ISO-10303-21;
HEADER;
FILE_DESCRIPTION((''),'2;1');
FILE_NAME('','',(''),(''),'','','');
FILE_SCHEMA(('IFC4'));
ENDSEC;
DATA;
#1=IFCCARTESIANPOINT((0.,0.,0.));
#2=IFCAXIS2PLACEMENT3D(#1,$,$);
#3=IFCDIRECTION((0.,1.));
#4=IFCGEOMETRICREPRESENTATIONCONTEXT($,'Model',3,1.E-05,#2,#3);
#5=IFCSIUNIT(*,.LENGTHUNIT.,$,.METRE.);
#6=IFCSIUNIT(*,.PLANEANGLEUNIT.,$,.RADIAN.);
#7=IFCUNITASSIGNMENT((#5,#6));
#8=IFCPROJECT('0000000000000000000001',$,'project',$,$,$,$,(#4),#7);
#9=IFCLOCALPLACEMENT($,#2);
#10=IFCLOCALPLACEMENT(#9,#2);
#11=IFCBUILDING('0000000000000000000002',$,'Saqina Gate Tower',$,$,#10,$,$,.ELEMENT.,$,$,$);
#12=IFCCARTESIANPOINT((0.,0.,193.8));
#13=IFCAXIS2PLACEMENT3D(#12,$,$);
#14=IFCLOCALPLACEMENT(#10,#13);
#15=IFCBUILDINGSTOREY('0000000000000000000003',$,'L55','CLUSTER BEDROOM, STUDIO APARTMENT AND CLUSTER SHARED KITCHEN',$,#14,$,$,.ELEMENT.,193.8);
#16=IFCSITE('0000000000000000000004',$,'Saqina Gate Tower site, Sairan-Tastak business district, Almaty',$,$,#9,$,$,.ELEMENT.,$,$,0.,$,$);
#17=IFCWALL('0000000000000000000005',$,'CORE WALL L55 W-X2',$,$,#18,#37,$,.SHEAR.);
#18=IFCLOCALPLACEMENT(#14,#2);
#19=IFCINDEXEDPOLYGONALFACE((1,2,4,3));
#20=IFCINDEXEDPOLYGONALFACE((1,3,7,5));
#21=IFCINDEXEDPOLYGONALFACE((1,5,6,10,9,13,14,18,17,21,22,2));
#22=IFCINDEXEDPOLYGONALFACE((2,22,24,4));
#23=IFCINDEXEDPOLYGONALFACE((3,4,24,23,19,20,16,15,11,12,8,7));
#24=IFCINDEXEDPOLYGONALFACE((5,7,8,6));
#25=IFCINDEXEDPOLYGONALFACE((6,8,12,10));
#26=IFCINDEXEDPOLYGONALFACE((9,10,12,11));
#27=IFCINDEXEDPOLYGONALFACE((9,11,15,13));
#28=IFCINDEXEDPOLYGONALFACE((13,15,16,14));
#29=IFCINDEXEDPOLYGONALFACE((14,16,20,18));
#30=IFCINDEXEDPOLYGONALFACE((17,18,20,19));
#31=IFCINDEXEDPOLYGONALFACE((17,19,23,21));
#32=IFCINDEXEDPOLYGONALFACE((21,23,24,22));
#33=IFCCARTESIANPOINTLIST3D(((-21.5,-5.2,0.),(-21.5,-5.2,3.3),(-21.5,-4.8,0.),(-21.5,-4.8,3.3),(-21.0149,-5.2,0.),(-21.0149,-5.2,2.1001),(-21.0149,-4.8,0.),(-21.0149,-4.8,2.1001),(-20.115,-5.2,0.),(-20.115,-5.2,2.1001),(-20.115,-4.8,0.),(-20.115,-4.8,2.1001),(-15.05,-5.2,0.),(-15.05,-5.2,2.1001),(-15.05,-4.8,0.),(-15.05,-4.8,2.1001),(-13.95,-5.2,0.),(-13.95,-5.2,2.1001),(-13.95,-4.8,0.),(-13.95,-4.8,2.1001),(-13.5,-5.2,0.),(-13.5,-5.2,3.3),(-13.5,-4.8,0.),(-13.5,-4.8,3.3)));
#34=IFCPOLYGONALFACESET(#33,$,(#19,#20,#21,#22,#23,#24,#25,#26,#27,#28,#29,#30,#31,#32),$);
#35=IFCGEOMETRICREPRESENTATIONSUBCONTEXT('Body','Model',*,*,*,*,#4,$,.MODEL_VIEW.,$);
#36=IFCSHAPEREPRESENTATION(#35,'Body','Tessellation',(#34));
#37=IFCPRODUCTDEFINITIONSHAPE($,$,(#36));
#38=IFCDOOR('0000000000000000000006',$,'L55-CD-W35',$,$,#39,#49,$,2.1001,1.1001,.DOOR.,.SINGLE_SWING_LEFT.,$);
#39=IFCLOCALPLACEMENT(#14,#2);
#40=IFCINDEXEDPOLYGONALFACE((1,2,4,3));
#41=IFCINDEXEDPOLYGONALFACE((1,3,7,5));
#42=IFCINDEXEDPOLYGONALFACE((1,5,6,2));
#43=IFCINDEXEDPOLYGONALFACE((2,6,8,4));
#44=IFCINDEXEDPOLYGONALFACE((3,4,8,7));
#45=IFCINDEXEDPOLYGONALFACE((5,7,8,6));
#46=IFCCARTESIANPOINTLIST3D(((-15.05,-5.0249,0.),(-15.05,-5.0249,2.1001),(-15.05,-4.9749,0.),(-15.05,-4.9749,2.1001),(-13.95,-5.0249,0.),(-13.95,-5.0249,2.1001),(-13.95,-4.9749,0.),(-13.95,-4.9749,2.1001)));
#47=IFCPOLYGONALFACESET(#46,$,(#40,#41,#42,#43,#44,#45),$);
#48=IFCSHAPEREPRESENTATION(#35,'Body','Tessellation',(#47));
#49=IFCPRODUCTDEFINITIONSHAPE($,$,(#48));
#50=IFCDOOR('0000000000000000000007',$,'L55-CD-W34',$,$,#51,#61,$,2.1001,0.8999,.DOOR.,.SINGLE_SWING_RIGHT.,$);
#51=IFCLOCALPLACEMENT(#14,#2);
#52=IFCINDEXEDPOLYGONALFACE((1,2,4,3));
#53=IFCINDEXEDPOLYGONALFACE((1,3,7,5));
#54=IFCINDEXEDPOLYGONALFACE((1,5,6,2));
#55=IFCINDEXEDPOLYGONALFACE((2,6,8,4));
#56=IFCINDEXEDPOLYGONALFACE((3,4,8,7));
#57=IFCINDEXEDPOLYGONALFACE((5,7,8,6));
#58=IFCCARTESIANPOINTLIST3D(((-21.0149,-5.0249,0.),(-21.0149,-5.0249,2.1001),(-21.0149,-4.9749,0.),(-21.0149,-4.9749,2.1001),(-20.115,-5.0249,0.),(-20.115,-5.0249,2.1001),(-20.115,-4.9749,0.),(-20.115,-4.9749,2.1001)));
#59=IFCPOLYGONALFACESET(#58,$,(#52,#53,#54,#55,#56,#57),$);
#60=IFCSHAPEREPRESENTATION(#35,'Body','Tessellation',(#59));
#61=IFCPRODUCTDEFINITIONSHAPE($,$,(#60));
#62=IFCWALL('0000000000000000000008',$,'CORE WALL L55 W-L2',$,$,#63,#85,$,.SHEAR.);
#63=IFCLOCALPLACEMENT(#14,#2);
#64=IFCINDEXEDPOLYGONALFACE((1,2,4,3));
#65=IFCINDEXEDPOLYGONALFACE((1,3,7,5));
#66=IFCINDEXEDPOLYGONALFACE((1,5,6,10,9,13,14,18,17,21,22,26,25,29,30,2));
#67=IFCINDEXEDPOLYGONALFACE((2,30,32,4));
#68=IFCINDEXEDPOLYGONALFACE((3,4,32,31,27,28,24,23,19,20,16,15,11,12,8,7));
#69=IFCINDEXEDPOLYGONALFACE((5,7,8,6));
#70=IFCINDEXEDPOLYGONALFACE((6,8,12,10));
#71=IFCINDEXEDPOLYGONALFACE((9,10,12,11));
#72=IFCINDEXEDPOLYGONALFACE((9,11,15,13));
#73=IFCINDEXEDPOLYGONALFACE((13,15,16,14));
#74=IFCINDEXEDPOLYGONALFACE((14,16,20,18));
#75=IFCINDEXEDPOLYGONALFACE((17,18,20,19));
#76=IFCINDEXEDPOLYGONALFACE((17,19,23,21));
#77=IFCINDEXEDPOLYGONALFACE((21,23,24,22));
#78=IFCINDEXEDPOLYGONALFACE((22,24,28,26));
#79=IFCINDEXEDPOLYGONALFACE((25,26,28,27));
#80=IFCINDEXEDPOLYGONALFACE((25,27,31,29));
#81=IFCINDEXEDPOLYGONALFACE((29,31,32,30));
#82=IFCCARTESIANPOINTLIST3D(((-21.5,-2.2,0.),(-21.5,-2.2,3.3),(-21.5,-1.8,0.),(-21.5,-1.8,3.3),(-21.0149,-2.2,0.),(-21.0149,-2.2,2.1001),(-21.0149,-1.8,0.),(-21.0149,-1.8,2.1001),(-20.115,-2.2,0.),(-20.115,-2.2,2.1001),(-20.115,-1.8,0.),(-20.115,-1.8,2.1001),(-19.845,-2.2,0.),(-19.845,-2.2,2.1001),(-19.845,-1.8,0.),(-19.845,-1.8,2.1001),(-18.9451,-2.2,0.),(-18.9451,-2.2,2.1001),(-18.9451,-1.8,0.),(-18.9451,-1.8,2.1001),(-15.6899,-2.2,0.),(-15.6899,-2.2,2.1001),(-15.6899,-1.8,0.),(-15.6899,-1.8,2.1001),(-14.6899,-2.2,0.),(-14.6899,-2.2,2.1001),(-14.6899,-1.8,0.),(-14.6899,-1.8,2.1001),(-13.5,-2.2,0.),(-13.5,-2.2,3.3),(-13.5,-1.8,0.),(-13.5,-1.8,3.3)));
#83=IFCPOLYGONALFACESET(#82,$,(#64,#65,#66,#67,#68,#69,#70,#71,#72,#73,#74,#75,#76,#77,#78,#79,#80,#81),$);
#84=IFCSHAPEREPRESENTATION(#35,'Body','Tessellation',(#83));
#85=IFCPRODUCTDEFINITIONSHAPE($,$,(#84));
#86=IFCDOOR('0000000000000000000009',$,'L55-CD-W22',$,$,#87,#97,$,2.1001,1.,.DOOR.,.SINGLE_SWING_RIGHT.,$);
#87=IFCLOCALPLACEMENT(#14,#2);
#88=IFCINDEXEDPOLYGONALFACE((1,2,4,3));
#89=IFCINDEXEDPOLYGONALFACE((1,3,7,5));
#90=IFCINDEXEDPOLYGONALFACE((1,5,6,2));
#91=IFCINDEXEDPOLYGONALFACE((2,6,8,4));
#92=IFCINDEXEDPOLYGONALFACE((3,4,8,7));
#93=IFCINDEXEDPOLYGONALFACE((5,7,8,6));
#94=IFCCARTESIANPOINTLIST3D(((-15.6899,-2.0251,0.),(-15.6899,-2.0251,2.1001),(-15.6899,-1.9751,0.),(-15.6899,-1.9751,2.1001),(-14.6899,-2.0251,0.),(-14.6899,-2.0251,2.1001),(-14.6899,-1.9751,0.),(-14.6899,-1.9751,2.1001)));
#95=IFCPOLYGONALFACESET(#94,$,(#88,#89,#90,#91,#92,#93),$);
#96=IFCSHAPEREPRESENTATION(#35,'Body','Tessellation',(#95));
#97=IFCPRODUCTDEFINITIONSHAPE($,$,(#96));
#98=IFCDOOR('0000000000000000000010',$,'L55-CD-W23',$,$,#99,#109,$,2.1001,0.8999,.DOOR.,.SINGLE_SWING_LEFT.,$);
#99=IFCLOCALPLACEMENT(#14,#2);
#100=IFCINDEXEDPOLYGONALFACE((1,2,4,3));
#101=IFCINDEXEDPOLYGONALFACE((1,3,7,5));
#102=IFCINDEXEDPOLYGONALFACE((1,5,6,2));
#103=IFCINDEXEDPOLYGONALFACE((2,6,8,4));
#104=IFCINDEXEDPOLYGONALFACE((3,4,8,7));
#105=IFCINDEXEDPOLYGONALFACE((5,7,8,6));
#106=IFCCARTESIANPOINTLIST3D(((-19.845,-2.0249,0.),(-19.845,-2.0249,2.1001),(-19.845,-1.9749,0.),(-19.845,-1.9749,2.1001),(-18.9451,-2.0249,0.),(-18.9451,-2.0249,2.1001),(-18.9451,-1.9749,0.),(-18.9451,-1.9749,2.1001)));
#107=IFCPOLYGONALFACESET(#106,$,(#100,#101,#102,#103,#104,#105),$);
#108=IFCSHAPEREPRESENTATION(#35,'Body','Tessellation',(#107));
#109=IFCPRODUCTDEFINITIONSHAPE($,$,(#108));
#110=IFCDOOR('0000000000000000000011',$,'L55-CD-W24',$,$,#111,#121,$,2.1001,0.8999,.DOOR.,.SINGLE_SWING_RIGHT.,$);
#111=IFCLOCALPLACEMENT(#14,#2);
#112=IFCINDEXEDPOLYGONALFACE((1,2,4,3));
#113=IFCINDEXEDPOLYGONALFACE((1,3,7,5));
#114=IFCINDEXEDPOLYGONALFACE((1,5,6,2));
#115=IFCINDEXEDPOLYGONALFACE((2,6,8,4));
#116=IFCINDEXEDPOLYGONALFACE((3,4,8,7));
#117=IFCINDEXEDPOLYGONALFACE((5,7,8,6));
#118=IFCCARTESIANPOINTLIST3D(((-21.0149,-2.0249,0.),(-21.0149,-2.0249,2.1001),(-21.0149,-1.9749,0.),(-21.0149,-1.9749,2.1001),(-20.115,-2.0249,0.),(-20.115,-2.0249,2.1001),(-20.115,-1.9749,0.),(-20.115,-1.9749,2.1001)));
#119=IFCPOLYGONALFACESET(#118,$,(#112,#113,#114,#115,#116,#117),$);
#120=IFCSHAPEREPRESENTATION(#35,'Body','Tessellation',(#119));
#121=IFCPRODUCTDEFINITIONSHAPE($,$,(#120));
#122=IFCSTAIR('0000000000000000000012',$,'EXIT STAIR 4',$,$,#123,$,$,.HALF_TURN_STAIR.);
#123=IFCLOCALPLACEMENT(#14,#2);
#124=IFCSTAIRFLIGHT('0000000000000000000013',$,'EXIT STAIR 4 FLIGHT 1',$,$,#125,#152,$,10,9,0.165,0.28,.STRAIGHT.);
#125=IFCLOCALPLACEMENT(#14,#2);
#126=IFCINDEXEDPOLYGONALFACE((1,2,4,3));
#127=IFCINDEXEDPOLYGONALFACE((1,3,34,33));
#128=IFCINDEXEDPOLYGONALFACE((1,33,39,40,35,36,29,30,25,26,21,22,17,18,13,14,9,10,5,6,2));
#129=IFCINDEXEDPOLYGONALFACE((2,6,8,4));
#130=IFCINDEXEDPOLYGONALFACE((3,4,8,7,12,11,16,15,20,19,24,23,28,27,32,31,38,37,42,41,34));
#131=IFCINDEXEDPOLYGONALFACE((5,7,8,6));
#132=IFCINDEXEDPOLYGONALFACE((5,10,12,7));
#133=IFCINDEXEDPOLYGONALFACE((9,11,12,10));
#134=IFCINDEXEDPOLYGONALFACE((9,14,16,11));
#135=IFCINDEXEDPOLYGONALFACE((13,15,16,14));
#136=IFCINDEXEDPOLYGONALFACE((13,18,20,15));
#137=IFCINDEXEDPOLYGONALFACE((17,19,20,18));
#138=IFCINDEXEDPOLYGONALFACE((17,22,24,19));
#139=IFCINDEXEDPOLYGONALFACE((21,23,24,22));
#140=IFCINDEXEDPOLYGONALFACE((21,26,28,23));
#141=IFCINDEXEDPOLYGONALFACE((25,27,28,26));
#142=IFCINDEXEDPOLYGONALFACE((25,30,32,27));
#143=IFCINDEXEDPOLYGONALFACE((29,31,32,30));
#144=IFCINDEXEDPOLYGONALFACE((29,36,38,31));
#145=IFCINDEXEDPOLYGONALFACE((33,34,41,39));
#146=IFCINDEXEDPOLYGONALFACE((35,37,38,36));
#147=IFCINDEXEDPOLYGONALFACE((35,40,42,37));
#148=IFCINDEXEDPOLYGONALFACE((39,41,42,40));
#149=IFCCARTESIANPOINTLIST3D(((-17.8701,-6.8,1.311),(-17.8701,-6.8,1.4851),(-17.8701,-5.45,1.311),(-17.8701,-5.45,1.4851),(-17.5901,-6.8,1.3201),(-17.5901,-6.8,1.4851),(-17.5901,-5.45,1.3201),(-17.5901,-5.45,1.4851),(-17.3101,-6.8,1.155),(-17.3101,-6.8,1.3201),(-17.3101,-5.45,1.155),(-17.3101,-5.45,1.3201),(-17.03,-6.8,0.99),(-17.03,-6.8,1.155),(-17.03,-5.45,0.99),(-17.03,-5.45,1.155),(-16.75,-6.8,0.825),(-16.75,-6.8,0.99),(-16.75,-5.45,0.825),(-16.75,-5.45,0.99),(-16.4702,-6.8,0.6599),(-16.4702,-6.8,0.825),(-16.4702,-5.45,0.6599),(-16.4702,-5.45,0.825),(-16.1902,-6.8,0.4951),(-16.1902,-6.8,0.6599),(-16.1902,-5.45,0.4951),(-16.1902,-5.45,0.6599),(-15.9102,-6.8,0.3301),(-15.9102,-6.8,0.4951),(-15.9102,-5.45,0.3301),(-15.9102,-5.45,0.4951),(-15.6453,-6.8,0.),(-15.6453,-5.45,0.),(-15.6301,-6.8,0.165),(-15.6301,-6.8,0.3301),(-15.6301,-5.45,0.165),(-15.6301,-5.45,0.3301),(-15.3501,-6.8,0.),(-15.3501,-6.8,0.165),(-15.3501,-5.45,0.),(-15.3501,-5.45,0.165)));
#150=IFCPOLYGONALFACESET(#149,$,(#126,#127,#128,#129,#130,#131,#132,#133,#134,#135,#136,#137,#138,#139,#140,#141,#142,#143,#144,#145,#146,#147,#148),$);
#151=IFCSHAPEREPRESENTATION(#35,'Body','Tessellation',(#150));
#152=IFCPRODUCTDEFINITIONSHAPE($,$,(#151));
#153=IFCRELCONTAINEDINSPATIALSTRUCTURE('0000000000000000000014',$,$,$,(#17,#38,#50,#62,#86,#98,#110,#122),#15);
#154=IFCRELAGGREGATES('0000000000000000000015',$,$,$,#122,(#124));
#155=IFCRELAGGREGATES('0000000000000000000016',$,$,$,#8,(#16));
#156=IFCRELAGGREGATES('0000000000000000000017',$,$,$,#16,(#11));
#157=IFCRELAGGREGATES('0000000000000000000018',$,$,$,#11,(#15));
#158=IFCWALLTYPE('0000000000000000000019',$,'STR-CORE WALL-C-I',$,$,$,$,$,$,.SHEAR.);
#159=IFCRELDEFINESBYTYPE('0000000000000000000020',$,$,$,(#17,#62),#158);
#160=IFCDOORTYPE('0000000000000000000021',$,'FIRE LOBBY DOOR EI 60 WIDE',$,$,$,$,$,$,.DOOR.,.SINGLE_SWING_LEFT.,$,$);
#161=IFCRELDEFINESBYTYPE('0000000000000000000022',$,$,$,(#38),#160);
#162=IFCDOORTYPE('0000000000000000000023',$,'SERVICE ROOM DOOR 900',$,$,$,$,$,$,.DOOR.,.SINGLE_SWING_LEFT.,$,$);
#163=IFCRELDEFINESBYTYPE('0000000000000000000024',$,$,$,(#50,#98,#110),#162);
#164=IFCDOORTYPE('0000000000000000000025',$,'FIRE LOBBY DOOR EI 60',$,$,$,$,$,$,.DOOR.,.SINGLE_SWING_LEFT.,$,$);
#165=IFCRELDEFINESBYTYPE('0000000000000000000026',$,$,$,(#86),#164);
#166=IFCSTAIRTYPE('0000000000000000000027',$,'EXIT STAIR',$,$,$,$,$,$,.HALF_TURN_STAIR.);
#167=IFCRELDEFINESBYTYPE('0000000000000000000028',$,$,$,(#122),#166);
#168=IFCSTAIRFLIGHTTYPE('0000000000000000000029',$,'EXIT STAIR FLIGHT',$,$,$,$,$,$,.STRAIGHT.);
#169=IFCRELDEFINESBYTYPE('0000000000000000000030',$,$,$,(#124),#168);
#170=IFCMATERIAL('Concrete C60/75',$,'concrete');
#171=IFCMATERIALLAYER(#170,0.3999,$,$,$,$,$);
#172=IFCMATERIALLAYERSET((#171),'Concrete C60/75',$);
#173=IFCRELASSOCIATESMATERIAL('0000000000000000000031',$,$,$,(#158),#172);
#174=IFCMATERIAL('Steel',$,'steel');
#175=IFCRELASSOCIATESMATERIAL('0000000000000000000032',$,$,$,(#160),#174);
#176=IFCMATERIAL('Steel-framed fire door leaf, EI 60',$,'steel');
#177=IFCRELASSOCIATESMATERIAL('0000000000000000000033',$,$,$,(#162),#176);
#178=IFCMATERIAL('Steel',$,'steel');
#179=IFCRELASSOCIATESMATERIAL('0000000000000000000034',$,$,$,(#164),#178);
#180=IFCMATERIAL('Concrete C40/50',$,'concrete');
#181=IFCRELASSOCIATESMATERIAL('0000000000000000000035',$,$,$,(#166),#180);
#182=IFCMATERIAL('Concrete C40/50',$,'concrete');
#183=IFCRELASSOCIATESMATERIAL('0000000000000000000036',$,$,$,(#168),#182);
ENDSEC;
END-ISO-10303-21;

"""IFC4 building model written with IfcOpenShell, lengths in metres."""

from ifc_helpers import new_model, si_unit, direction, frame, frame_2d, origin, place, context, subcontext, project, spatial, polyline, rectangle, outline, extrude, material, layer, layer_set, type_object, element, fill, aggregate, save


model = new_model("IFC4")

# Units and contexts
model_context = context("Model", 3, precision=1e-05, world=origin(), true_north=direction((0.0, 1.0)))
body_context = subcontext(model_context, "Body", "Model", "MODEL_VIEW")
ifc_project = project(units=[si_unit("LENGTHUNIT", "METRE"), si_unit("PLANEANGLEUNIT", "RADIAN")], contexts=[model_context])

# Site, building, storey
site_placement = place(None, origin())
site = spatial("IfcSite", under=ifc_project, at=site_placement, Name="Saqina Gate Tower site, Sairan-Tastak business district, Almaty", CompositionType="ELEMENT", RefElevation=0.0)
building_placement = place(site_placement, origin())
building = spatial("IfcBuilding", under=site, at=building_placement, Name="Saqina Gate Tower", CompositionType="ELEMENT")
storey_placement = place(building_placement, frame((0.0, 0.0, 193.8)))
storey = spatial("IfcBuildingStorey", under=building, at=storey_placement, Name="L55", Description="CLUSTER BEDROOM, STUDIO APARTMENT AND CLUSTER SHARED KITCHEN", CompositionType="ELEMENT", Elevation=193.8)

# Walls, openings, doors
ifc_material_1 = material(Name="Concrete C60/75", Category="concrete")
ifc_layer_1 = layer(ifc_material_1, 0.3999)
ifc_layer_set_1 = layer_set([ifc_layer_1], Name="Concrete C60/75")
wall_type_1 = type_object("IfcWallType", Name="STR-CORE WALL-C-I", PredefinedType="SHEAR", material=ifc_layer_set_1)
wall_1_placement = place(storey_placement, frame((-13.5, -5.0, 0.0), z_axis=(0.0, 0.0, 1.0), x_axis=(-1.0, 0.0, 0.0)))
wall_1 = element("IfcWall", 1, at=wall_1_placement, inside=storey, type_object=wall_type_1, Name="CORE WALL L55 W-X2", PredefinedType="SHEAR", context=body_context, shape_type="SweptSolid", body=[
    extrude(rectangle(XDim=8.0, YDim=0.3999, at=frame_2d((4.0, 0.0))), origin(), (0.0, 0.0, 1.0), 3.3),
])
opening_1_placement = place(wall_1_placement, frame((6.615, 0.0, 0.0)))
opening_1 = element("IfcOpeningElement", 2, at=opening_1_placement, cuts=wall_1, PredefinedType="OPENING", context=body_context, shape_type="SweptSolid", body=[
    extrude(rectangle(XDim=0.8999, YDim=2.1001, at=frame_2d((0.45, 1.05))), frame((0.0, 0.2119, 0.0), z_axis=(0.0, -1.0, 0.0), x_axis=(1.0, 0.0, 0.0)), (0.0, 0.0, 1.0), 0.4238),
])
opening_2_placement = place(wall_1_placement, frame((0.45, 0.0, 0.0)))
opening_2 = element("IfcOpeningElement", 3, at=opening_2_placement, cuts=wall_1, PredefinedType="OPENING", context=body_context, shape_type="SweptSolid", body=[
    extrude(rectangle(XDim=1.1001, YDim=2.1001, at=frame_2d((0.55, 1.05))), frame((0.0, 0.2119, 0.0), z_axis=(0.0, -1.0, 0.0), x_axis=(1.0, 0.0, 0.0)), (0.0, 0.0, 1.0), 0.4238),
])
ifc_material_2 = material(Name="Steel", Category="steel")
door_type_1 = type_object("IfcDoorType", Name="FIRE LOBBY DOOR EI 60 WIDE", OperationType="SINGLE_SWING_LEFT", PredefinedType="DOOR", material=ifc_material_2)
door_1_placement = place(opening_2_placement, origin())
door_1 = element("IfcDoor", 4, at=door_1_placement, inside=storey, type_object=door_type_1, Name="L55-CD-W35", OperationType="SINGLE_SWING_LEFT", OverallHeight=2.1001, OverallWidth=1.1001, PredefinedType="DOOR", context=body_context, shape_type="SweptSolid", body=[
    extrude(rectangle(XDim=1.1001, YDim=2.1001, at=frame_2d((0.55, 1.05))), frame((0.0, 0.0249, 0.0), z_axis=(0.0, -1.0, 0.0), x_axis=(1.0, 0.0, 0.0)), (0.0, 0.0, 1.0), 0.05),
])
fill(opening_2, door_1)
ifc_material_3 = material(Name="Steel-framed fire door leaf, EI 60", Category="steel")
door_type_2 = type_object("IfcDoorType", Name="SERVICE ROOM DOOR 900", OperationType="SINGLE_SWING_LEFT", PredefinedType="DOOR", material=ifc_material_3)
door_2_placement = place(opening_1_placement, origin())
door_2 = element("IfcDoor", 5, at=door_2_placement, inside=storey, type_object=door_type_2, Name="L55-CD-W34", OperationType="SINGLE_SWING_RIGHT", OverallHeight=2.1001, OverallWidth=0.8999, PredefinedType="DOOR", context=body_context, shape_type="SweptSolid", body=[
    extrude(rectangle(XDim=0.8999, YDim=2.1001, at=frame_2d((0.45, 1.05))), frame((0.0, 0.0249, 0.0), z_axis=(0.0, -1.0, 0.0), x_axis=(1.0, 0.0, 0.0)), (0.0, 0.0, 1.0), 0.05),
])
fill(opening_1, door_2)
wall_2_placement = place(storey_placement, frame((-13.5, -2.0, 0.0), z_axis=(0.0, 0.0, 1.0), x_axis=(-1.0, 0.0, 0.0)))
wall_2 = element("IfcWall", 6, at=wall_2_placement, inside=storey, type_object=wall_type_1, Name="CORE WALL L55 W-L2", PredefinedType="SHEAR", context=body_context, shape_type="SweptSolid", body=[
    extrude(rectangle(XDim=8.0, YDim=0.3999, at=frame_2d((4.0, 0.0))), origin(), (0.0, 0.0, 1.0), 3.3),
])
opening_3_placement = place(wall_2_placement, frame((1.1899, 0.0, 0.0)))
opening_3 = element("IfcOpeningElement", 7, at=opening_3_placement, cuts=wall_2, PredefinedType="OPENING", context=body_context, shape_type="SweptSolid", body=[
    extrude(rectangle(XDim=1.0, YDim=2.1001, at=frame_2d((0.5, 1.05))), frame((0.0, 0.2119, 0.0), z_axis=(0.0, -1.0, 0.0), x_axis=(1.0, 0.0, 0.0)), (0.0, 0.0, 1.0), 0.4238),
])
opening_4_placement = place(wall_2_placement, frame((5.4451, 0.0, 0.0)))
opening_4 = element("IfcOpeningElement", 8, at=opening_4_placement, cuts=wall_2, PredefinedType="OPENING", context=body_context, shape_type="SweptSolid", body=[
    extrude(rectangle(XDim=0.8999, YDim=2.1001, at=frame_2d((0.45, 1.05))), frame((0.0, 0.2119, 0.0), z_axis=(0.0, -1.0, 0.0), x_axis=(1.0, 0.0, 0.0)), (0.0, 0.0, 1.0), 0.4238),
])
opening_5_placement = place(wall_2_placement, frame((6.615, 0.0, 0.0)))
opening_5 = element("IfcOpeningElement", 9, at=opening_5_placement, cuts=wall_2, PredefinedType="OPENING", context=body_context, shape_type="SweptSolid", body=[
    extrude(rectangle(XDim=0.8999, YDim=2.1001, at=frame_2d((0.45, 1.05))), frame((0.0, 0.2119, 0.0), z_axis=(0.0, -1.0, 0.0), x_axis=(1.0, 0.0, 0.0)), (0.0, 0.0, 1.0), 0.4238),
])
ifc_material_4 = material(Name="Steel", Category="steel")
door_type_3 = type_object("IfcDoorType", Name="FIRE LOBBY DOOR EI 60", OperationType="SINGLE_SWING_LEFT", PredefinedType="DOOR", material=ifc_material_4)
door_3_placement = place(opening_3_placement, frame((1.0, 0.0, 0.0), z_axis=(0.0, 0.0, 1.0), x_axis=(-1.0, 0.0, 0.0)))
door_3 = element("IfcDoor", 10, at=door_3_placement, inside=storey, type_object=door_type_3, Name="L55-CD-W22", OperationType="SINGLE_SWING_RIGHT", OverallHeight=2.1001, OverallWidth=1.0, PredefinedType="DOOR", context=body_context, shape_type="SweptSolid", body=[
    extrude(rectangle(XDim=1.0, YDim=2.1001, at=frame_2d((0.5, 1.05))), frame((0.0, 0.0249, 0.0), z_axis=(0.0, -1.0, 0.0), x_axis=(1.0, 0.0, 0.0)), (0.0, 0.0, 1.0), 0.05),
])
fill(opening_3, door_3)
door_4_placement = place(opening_4_placement, origin())
door_4 = element("IfcDoor", 11, at=door_4_placement, inside=storey, type_object=door_type_2, Name="L55-CD-W23", OperationType="SINGLE_SWING_LEFT", OverallHeight=2.1001, OverallWidth=0.8999, PredefinedType="DOOR", context=body_context, shape_type="SweptSolid", body=[
    extrude(rectangle(XDim=0.8999, YDim=2.1001, at=frame_2d((0.45, 1.05))), frame((0.0, 0.0249, 0.0), z_axis=(0.0, -1.0, 0.0), x_axis=(1.0, 0.0, 0.0)), (0.0, 0.0, 1.0), 0.05),
])
fill(opening_4, door_4)
door_5_placement = place(opening_5_placement, origin())
door_5 = element("IfcDoor", 12, at=door_5_placement, inside=storey, type_object=door_type_2, Name="L55-CD-W24", OperationType="SINGLE_SWING_RIGHT", OverallHeight=2.1001, OverallWidth=0.8999, PredefinedType="DOOR", context=body_context, shape_type="SweptSolid", body=[
    extrude(rectangle(XDim=0.8999, YDim=2.1001, at=frame_2d((0.45, 1.05))), frame((0.0, 0.0249, 0.0), z_axis=(0.0, -1.0, 0.0), x_axis=(1.0, 0.0, 0.0)), (0.0, 0.0, 1.0), 0.05),
])
fill(opening_5, door_5)

# Stair, stair flight
ifc_material_5 = material(Name="Concrete C40/50", Category="concrete")
stair_type = type_object("IfcStairType", Name="EXIT STAIR", PredefinedType="HALF_TURN_STAIR", material=ifc_material_5)
stair_placement = place(storey_placement, origin())
stair = element("IfcStair", 13, at=stair_placement, inside=storey, type_object=stair_type, Name="EXIT STAIR 4", PredefinedType="HALF_TURN_STAIR")
ifc_material_6 = material(Name="Concrete C40/50", Category="concrete")
stair_flight_type = type_object("IfcStairFlightType", Name="EXIT STAIR FLIGHT", PredefinedType="STRAIGHT", material=ifc_material_6)
stair_flight_placement = place(storey_placement, frame((-15.3501, -6.125, 0.0), z_axis=(0.0, 0.0, 1.0), x_axis=(-1.0, 0.0, 0.0)))
stair_flight = element("IfcStairFlight", 14, at=stair_flight_placement, type_object=stair_flight_type, Name="EXIT STAIR 4 FLIGHT 1", NumberOfRisers=10, NumberOfTreads=9, PredefinedType="STRAIGHT", RiserHeight=0.165, TreadLength=0.28, context=body_context, shape_type="SweptSolid", body=[
    extrude(outline(polyline([(0.0, 0.0), (0.0, 0.165), (0.28, 0.165), (0.28, 0.3301), (0.5601, 0.3301), (0.5601, 0.4951), (0.8401, 0.4951), (0.8401, 0.6599), (1.1201, 0.6599), (1.1201, 0.825), (1.3999, 0.825), (1.3999, 0.99), (1.6799, 0.99), (1.6799, 1.155), (1.96, 1.155), (1.96, 1.3201), (2.24, 1.3201), (2.24, 1.4851), (2.52, 1.4851), (2.52, 1.6499), (2.52, 1.311), (0.2952, 0.0), (0.0, 0.0)])), frame((0.0, 0.675, 0.0), z_axis=(0.0, -1.0, 0.0), x_axis=(1.0, 0.0, 0.0)), (0.0, 0.0, 1.0), 1.3501),
])
aggregate(stair, [stair_flight])

save(model, "model.ifc")
